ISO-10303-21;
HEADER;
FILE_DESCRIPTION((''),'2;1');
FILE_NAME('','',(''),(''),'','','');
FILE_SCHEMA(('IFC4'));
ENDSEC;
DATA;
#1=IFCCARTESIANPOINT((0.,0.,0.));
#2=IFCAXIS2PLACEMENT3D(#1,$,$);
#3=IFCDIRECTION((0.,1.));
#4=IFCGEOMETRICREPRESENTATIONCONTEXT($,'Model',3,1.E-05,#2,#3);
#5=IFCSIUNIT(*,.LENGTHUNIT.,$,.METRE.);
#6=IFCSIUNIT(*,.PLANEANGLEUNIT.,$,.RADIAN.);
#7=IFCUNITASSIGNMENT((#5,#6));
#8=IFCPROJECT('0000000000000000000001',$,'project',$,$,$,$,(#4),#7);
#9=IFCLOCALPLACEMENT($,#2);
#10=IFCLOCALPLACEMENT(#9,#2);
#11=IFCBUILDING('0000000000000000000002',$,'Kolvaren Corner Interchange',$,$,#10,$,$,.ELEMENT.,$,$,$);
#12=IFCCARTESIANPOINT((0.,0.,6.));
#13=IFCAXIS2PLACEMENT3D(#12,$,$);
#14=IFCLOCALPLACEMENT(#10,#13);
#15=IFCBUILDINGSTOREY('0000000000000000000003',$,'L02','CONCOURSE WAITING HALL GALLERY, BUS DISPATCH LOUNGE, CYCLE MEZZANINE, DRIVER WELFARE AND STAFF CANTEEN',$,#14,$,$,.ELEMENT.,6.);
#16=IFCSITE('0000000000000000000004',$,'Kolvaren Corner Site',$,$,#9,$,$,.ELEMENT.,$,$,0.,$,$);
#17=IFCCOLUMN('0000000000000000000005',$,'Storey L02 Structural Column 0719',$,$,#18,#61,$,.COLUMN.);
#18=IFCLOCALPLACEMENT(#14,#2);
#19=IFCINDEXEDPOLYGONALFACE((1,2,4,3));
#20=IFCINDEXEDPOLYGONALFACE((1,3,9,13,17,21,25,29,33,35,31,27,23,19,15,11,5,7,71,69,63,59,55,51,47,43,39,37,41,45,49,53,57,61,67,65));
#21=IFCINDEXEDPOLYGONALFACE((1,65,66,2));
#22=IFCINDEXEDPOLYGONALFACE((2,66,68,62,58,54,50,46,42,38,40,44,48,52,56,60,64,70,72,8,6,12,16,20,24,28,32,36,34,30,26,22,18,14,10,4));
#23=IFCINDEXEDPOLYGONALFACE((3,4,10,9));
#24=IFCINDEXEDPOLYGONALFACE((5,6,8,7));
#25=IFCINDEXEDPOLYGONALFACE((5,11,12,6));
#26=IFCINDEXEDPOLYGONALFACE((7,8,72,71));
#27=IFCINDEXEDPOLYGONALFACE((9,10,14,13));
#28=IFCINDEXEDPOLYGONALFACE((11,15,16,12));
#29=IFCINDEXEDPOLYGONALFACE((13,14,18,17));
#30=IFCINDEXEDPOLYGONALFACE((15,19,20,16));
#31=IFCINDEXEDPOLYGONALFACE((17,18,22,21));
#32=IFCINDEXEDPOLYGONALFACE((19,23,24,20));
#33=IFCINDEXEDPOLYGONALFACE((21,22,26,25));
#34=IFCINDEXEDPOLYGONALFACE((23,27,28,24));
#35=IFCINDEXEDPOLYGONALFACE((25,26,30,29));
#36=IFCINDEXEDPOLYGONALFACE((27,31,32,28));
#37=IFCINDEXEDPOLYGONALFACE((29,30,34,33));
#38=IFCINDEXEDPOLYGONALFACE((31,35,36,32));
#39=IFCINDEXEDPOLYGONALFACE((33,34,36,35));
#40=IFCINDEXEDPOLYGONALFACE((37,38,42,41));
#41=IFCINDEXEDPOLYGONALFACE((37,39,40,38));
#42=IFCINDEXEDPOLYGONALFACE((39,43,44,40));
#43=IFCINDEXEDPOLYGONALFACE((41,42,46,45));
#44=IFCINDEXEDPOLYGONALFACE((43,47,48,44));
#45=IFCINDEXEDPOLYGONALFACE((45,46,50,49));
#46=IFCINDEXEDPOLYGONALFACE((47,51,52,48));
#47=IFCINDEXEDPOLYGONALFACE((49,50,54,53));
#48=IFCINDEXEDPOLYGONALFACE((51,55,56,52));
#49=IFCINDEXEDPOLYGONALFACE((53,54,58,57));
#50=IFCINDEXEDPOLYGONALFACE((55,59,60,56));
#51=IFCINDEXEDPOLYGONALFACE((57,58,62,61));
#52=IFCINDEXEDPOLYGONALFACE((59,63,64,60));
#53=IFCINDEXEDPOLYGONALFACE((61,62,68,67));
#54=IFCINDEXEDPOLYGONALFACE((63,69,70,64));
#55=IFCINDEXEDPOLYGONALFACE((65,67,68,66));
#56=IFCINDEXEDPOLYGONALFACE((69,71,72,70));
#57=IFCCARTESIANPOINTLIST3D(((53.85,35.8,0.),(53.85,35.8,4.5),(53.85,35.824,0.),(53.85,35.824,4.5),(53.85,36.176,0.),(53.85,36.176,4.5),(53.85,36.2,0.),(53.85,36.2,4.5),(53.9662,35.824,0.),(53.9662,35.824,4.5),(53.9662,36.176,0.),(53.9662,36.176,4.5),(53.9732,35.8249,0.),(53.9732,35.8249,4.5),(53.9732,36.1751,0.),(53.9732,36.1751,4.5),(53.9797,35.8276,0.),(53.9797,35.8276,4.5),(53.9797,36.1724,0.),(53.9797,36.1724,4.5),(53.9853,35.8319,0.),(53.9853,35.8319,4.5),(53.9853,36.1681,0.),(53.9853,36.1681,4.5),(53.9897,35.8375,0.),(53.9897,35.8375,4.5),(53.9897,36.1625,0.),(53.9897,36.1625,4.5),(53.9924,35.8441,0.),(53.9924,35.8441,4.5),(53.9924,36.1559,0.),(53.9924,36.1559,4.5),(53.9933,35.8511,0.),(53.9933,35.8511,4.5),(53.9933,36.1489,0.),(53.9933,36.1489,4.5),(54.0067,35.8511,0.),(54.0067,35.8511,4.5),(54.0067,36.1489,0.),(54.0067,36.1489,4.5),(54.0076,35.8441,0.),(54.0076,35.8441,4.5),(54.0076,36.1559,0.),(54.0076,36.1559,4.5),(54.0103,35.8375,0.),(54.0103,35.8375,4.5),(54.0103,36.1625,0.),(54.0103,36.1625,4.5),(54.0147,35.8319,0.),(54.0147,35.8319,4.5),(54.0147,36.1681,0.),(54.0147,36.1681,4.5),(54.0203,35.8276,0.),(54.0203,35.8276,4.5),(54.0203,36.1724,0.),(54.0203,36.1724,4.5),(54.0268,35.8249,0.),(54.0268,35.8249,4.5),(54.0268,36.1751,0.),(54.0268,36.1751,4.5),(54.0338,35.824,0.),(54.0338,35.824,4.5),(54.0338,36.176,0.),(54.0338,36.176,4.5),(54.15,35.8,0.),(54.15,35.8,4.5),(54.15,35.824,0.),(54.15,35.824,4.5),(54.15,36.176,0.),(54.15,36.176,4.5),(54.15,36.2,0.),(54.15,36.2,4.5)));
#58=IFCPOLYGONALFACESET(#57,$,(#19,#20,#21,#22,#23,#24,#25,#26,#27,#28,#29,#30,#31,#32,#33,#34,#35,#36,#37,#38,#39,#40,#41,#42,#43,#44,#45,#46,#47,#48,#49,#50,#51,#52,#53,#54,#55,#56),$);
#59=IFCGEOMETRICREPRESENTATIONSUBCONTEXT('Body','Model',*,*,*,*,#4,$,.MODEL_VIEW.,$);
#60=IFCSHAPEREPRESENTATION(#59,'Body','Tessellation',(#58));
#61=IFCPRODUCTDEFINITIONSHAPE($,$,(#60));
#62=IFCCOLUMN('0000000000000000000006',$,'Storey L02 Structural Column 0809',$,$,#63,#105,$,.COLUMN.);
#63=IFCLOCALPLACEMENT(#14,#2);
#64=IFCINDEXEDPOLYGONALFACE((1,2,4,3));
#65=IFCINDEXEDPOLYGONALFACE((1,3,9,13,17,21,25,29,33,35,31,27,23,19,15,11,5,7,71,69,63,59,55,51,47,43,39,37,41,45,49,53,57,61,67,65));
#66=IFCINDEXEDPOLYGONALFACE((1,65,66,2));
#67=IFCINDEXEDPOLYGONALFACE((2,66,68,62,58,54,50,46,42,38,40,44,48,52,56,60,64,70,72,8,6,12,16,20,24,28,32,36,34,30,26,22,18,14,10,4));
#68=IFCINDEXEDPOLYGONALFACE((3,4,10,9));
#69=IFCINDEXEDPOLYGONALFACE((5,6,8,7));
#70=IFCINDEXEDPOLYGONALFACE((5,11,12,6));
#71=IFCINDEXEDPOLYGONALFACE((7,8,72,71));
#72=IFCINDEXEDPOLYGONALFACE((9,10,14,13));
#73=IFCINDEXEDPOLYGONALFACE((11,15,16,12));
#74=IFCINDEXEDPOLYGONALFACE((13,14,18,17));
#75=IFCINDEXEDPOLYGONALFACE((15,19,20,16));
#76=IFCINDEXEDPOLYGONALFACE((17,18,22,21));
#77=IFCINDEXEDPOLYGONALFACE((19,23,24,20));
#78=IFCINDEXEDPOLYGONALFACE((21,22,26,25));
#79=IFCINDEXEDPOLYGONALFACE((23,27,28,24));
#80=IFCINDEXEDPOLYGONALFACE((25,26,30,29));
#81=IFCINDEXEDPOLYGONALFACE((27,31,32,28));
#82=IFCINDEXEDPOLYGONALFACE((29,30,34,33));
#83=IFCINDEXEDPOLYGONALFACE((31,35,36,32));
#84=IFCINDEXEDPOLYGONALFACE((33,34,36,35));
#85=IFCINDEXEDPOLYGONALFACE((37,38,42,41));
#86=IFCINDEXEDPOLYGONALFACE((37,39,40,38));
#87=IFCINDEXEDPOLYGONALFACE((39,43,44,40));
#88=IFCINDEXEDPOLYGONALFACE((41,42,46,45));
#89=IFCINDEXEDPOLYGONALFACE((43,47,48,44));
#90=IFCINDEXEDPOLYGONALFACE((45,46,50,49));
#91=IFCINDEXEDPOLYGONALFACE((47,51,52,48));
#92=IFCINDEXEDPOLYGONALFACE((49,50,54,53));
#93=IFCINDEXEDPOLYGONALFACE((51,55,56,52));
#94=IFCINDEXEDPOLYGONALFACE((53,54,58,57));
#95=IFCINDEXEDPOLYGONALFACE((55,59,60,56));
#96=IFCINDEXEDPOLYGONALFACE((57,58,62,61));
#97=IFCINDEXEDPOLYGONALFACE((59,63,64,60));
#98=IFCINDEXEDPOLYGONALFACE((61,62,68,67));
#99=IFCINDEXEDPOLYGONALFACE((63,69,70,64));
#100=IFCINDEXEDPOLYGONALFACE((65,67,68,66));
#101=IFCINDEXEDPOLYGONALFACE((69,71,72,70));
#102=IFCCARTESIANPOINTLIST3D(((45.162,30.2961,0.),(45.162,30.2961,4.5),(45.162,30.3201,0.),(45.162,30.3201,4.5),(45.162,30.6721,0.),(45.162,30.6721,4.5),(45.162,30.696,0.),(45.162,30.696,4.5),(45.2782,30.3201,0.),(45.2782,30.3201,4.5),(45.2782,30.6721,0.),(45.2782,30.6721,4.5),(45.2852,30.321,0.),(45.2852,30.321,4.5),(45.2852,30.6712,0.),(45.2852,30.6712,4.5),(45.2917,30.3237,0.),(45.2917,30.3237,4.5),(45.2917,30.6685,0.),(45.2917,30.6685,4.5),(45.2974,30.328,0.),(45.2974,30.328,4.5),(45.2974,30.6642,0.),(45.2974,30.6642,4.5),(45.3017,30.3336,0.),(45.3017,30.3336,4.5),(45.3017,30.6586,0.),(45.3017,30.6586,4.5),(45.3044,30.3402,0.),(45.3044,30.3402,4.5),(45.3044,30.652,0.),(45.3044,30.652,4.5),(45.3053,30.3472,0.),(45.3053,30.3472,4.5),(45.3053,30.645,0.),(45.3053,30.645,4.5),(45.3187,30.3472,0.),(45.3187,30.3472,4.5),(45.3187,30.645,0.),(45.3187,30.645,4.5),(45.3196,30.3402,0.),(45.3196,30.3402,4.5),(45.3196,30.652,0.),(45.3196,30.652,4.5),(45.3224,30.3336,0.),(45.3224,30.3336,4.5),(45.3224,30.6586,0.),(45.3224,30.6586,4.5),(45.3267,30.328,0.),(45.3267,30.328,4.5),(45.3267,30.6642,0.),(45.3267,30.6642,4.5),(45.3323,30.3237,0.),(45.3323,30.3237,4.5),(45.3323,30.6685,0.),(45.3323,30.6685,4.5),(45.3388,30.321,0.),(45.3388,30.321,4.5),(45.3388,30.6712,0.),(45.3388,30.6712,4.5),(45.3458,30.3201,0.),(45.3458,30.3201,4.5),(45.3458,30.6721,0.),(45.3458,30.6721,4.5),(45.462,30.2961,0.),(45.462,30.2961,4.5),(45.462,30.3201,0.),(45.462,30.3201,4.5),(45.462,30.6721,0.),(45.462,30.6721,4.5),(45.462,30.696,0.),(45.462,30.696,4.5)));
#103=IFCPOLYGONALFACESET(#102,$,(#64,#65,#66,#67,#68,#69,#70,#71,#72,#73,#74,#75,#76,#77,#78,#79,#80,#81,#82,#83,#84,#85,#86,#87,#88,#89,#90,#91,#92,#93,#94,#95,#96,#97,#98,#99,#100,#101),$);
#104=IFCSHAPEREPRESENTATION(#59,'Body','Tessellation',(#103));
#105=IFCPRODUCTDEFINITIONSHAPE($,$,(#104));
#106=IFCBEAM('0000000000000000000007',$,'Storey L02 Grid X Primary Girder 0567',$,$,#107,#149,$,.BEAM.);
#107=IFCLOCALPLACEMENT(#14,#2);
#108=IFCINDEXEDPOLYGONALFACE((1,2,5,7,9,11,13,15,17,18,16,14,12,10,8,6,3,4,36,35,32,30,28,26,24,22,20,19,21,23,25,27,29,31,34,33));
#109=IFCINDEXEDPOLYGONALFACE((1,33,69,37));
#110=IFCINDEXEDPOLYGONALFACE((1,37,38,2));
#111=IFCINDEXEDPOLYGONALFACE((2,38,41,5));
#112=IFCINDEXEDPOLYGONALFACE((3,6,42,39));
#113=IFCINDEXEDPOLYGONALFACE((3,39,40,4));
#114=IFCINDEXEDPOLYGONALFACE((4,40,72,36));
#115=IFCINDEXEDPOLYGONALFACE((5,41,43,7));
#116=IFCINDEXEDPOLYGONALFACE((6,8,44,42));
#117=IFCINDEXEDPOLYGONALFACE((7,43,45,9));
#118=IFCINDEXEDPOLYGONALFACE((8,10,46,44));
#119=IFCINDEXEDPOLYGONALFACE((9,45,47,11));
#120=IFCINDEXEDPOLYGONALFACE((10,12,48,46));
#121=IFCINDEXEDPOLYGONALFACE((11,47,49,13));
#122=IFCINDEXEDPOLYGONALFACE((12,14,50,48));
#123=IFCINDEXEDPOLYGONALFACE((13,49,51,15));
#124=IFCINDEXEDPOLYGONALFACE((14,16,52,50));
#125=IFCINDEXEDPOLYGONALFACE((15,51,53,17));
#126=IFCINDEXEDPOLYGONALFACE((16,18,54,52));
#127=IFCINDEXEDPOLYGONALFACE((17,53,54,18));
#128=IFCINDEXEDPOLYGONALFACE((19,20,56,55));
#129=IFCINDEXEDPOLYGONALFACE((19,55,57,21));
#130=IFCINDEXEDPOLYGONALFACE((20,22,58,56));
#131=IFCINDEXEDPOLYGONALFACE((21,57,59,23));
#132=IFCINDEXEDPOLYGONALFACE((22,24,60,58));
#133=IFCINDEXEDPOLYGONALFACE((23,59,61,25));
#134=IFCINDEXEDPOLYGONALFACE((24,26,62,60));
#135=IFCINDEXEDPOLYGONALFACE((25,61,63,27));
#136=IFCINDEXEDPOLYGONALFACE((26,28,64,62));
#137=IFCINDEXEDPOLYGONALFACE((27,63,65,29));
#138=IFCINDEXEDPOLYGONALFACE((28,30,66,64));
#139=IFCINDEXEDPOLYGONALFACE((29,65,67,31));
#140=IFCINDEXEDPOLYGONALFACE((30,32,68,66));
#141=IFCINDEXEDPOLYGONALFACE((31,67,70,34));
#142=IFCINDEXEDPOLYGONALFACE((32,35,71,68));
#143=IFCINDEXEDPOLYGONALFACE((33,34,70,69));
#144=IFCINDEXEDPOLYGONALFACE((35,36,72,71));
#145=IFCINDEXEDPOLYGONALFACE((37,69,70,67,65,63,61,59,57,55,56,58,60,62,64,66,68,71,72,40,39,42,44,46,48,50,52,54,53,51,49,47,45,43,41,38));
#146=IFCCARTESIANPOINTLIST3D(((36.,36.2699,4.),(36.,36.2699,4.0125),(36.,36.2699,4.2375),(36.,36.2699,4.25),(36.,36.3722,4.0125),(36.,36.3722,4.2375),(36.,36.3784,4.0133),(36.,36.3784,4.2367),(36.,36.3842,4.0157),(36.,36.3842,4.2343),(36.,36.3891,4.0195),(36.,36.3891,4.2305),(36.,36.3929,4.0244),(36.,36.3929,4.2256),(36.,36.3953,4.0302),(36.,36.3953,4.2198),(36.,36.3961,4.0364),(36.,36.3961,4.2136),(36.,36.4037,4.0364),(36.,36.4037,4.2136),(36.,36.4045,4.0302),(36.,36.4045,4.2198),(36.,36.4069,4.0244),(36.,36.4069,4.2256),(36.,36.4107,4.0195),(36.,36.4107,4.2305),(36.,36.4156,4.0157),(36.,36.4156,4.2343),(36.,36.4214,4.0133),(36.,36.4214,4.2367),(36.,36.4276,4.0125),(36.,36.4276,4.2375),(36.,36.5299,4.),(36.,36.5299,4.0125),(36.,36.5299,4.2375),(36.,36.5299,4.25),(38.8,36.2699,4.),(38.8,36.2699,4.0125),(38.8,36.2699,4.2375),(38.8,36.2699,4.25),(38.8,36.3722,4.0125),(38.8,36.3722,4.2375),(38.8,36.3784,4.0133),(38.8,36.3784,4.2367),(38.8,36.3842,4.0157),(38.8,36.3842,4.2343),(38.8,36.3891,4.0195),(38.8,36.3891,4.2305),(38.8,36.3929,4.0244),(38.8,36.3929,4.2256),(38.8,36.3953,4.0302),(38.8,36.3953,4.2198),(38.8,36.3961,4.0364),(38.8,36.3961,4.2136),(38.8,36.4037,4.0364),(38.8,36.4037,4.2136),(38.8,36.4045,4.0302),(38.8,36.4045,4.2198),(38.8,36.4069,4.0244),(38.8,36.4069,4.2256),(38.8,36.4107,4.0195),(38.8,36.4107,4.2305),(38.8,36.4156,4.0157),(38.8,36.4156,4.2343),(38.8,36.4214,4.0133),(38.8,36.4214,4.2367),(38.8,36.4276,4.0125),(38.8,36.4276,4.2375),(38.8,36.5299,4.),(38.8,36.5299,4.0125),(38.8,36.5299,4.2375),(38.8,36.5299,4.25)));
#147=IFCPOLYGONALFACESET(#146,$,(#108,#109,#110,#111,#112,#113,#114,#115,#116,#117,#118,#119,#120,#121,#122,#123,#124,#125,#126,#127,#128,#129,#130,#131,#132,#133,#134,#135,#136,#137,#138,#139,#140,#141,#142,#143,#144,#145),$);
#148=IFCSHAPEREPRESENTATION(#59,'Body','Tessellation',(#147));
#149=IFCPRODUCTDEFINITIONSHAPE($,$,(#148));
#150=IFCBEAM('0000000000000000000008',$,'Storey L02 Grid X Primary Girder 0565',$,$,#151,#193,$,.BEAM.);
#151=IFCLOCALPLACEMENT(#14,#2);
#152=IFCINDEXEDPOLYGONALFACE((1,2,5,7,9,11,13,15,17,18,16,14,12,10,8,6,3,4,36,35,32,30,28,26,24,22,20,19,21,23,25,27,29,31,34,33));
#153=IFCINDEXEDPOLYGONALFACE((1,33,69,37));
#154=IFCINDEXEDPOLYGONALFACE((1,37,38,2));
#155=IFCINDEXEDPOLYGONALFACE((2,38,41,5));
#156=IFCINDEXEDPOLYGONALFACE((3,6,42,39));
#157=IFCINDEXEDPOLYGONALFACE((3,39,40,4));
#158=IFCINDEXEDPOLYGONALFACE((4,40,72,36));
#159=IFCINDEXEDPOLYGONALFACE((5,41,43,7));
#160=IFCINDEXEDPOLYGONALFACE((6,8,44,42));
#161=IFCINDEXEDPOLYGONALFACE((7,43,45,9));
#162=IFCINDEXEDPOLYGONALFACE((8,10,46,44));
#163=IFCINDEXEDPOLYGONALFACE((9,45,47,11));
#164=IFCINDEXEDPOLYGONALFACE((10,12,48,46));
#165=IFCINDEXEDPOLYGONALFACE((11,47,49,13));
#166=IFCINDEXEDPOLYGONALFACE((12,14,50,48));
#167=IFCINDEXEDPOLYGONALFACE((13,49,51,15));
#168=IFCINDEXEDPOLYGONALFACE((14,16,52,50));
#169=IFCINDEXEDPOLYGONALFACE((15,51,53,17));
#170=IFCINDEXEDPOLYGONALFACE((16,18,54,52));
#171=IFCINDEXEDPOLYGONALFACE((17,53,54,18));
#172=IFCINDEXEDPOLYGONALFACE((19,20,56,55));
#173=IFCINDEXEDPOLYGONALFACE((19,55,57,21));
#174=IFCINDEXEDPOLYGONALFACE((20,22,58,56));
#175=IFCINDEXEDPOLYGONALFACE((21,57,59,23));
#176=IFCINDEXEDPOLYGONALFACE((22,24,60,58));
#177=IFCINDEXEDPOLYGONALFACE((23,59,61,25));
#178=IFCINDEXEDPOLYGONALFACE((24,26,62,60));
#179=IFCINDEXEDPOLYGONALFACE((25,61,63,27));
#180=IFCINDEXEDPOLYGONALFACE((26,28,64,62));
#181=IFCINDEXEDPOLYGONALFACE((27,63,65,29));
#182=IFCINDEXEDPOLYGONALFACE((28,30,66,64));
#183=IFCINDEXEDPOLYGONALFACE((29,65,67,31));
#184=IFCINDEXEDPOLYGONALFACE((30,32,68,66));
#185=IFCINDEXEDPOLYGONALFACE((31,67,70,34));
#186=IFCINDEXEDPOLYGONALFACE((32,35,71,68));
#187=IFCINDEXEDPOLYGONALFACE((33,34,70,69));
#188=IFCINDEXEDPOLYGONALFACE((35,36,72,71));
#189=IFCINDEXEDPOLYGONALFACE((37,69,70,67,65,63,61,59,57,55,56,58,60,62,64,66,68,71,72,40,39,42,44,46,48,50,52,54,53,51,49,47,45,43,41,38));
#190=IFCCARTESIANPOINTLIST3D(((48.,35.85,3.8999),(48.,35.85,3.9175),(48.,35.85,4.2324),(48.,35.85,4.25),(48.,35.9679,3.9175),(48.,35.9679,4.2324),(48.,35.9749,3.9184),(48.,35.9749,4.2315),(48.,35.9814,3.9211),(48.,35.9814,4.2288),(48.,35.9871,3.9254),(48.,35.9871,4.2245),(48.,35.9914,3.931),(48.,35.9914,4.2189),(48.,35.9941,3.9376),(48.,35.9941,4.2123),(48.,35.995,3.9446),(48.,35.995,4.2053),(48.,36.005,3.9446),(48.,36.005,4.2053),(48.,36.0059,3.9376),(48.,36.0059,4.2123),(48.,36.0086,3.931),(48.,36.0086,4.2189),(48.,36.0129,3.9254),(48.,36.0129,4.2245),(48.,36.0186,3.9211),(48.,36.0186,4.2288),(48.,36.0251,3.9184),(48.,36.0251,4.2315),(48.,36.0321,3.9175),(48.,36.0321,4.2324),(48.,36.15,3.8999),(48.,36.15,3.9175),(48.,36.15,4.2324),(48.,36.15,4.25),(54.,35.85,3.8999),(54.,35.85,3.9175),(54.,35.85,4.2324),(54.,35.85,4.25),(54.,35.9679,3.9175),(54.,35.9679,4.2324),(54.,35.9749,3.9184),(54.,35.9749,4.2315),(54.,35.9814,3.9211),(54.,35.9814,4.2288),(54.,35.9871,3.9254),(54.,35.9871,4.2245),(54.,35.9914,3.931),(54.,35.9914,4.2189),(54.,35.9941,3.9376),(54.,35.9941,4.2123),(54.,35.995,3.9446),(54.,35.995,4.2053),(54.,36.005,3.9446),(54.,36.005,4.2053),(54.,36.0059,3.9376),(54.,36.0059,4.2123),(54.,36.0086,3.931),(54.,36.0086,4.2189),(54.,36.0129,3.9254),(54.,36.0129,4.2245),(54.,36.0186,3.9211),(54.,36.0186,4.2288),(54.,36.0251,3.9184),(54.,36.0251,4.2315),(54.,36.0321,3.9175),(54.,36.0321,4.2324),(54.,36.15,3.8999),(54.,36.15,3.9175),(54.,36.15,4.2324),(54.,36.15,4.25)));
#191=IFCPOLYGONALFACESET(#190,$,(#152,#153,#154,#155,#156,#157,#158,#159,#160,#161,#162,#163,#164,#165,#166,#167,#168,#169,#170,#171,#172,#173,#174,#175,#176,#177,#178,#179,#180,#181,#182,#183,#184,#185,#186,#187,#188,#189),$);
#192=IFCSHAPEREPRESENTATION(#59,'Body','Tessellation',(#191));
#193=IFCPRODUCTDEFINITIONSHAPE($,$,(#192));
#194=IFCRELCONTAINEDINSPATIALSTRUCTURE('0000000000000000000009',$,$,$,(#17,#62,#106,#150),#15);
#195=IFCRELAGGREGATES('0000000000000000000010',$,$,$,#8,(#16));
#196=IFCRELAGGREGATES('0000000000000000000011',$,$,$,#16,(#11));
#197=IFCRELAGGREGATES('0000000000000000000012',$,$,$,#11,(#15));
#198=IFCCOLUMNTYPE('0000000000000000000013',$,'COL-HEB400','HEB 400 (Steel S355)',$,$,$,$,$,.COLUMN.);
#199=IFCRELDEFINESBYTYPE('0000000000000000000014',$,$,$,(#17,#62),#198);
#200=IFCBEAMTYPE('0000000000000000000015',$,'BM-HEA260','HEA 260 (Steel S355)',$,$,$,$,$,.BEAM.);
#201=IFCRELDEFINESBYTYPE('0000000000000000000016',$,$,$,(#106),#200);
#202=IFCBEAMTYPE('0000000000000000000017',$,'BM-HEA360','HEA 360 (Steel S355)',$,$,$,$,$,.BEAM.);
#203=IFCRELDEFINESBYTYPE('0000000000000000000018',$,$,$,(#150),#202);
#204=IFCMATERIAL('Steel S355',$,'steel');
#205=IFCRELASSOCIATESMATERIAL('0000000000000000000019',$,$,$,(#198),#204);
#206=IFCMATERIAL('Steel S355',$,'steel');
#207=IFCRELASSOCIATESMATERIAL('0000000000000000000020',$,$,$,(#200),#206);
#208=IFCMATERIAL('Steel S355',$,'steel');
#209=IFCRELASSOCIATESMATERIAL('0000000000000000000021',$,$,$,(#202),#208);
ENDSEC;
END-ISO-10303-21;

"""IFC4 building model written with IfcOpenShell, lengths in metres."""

from ifc_helpers import new_model, si_unit, direction, frame, origin, origin_2d, place, context, subcontext, project, spatial, i_section, extrude, material, material_profile, profile_set, type_object, element, save


model = new_model("IFC4")

# Units and contexts
model_context = context("Model", 3, precision=1e-05, world=origin(), true_north=direction((0.0, 1.0)))
body_context = subcontext(model_context, "Body", "Model", "MODEL_VIEW")
ifc_project = project(units=[si_unit("LENGTHUNIT", "METRE"), si_unit("PLANEANGLEUNIT", "RADIAN")], contexts=[model_context])

# Site, building, storey
site_placement = place(None, origin())
site = spatial("IfcSite", under=ifc_project, at=site_placement, Name="Kolvaren Corner Site", CompositionType="ELEMENT", RefElevation=0.0)
building_placement = place(site_placement, origin())
building = spatial("IfcBuilding", under=site, at=building_placement, Name="Kolvaren Corner Interchange", CompositionType="ELEMENT")
storey_placement = place(building_placement, frame((0.0, 0.0, 6.0)))
storey = spatial("IfcBuildingStorey", under=building, at=storey_placement, Name="L02", Description="CONCOURSE WAITING HALL GALLERY, BUS DISPATCH LOUNGE, CYCLE MEZZANINE, DRIVER WELFARE AND STAFF CANTEEN", CompositionType="ELEMENT", Elevation=6.0)

# Columns
ifc_material_1 = material(Name="Steel S355", Category="steel")
ifc_material_profile_1 = material_profile(ifc_material_1, i_section(OverallWidth=0.3, OverallDepth=0.3999, WebThickness=0.0134, FlangeThickness=0.0239, FilletRadius=0.0271, at=origin_2d()), Name="HEB 400")
ifc_profile_set_1 = profile_set([ifc_material_profile_1], Name="Steel S355")
column_type_1 = type_object("IfcColumnType", Name="COL-HEB400", Description="HEB 400 (Steel S355)", PredefinedType="COLUMN", material=ifc_profile_set_1)
for number, where, z_axis, x_axis, name in (
    (1, (54.0, 36.0, 0.0), (0.0, 0.0, 1.0), (1.0, 0.0, 0.0), "Storey L02 Structural Column 0719"),
    (2, (45.312, 30.4961, 0.0), (0.0, 0.0, 1.0), (1.0, 0.0, 0.0), "Storey L02 Structural Column 0809"),
):
    element("IfcColumn", number, at=place(storey_placement, frame(where, z_axis=z_axis, x_axis=x_axis)), inside=storey, type_object=column_type_1, Name=name, PredefinedType="COLUMN", context=body_context, shape_type="SweptSolid", body=[
        extrude(i_section(OverallWidth=0.3, OverallDepth=0.3999, WebThickness=0.0134, FlangeThickness=0.0239, FilletRadius=0.0271, at=origin_2d()), origin(), (0.0, 0.0, 1.0), 4.5),
    ])

# Beams
ifc_material_2 = material(Name="Steel S355", Category="steel")
ifc_material_profile_2 = material_profile(ifc_material_2, i_section(OverallWidth=0.26, OverallDepth=0.25, WebThickness=0.0076, FlangeThickness=0.0125, FilletRadius=0.0239, at=origin_2d()), Name="HEA 260")
ifc_profile_set_2 = profile_set([ifc_material_profile_2], Name="Steel S355")
beam_type_1 = type_object("IfcBeamType", Name="BM-HEA260", Description="HEA 260 (Steel S355)", PredefinedType="BEAM", material=ifc_profile_set_2)
beam_1_placement = place(storey_placement, frame((36.0, 36.3999, 4.125), z_axis=(1.0, 0.0, 0.0), x_axis=(0.0, 1.0, 0.0)))
element("IfcBeam", 3, at=beam_1_placement, inside=storey, type_object=beam_type_1, Name="Storey L02 Grid X Primary Girder 0567", PredefinedType="BEAM", context=body_context, shape_type="SweptSolid", body=[
    extrude(i_section(OverallWidth=0.26, OverallDepth=0.25, WebThickness=0.0076, FlangeThickness=0.0125, FilletRadius=0.0239, at=origin_2d()), origin(), (0.0, 0.0, 1.0), 2.8),
])
ifc_material_3 = material(Name="Steel S355", Category="steel")
ifc_material_profile_3 = material_profile(ifc_material_3, i_section(OverallWidth=0.3, OverallDepth=0.3501, WebThickness=0.01, FlangeThickness=0.0176, FilletRadius=0.0271, at=origin_2d()), Name="HEA 360")
ifc_profile_set_3 = profile_set([ifc_material_profile_3], Name="Steel S355")
beam_type_2 = type_object("IfcBeamType", Name="BM-HEA360", Description="HEA 360 (Steel S355)", PredefinedType="BEAM", material=ifc_profile_set_3)
beam_2_placement = place(storey_placement, frame((48.0, 36.0, 4.075), z_axis=(1.0, 0.0, 0.0), x_axis=(0.0, 1.0, 0.0)))
element("IfcBeam", 4, at=beam_2_placement, inside=storey, type_object=beam_type_2, Name="Storey L02 Grid X Primary Girder 0565", PredefinedType="BEAM", context=body_context, shape_type="SweptSolid", body=[
    extrude(i_section(OverallWidth=0.3, OverallDepth=0.3501, WebThickness=0.01, FlangeThickness=0.0176, FilletRadius=0.0271, at=origin_2d()), origin(), (0.0, 0.0, 1.0), 6.0),
])

save(model, "model.ifc")
